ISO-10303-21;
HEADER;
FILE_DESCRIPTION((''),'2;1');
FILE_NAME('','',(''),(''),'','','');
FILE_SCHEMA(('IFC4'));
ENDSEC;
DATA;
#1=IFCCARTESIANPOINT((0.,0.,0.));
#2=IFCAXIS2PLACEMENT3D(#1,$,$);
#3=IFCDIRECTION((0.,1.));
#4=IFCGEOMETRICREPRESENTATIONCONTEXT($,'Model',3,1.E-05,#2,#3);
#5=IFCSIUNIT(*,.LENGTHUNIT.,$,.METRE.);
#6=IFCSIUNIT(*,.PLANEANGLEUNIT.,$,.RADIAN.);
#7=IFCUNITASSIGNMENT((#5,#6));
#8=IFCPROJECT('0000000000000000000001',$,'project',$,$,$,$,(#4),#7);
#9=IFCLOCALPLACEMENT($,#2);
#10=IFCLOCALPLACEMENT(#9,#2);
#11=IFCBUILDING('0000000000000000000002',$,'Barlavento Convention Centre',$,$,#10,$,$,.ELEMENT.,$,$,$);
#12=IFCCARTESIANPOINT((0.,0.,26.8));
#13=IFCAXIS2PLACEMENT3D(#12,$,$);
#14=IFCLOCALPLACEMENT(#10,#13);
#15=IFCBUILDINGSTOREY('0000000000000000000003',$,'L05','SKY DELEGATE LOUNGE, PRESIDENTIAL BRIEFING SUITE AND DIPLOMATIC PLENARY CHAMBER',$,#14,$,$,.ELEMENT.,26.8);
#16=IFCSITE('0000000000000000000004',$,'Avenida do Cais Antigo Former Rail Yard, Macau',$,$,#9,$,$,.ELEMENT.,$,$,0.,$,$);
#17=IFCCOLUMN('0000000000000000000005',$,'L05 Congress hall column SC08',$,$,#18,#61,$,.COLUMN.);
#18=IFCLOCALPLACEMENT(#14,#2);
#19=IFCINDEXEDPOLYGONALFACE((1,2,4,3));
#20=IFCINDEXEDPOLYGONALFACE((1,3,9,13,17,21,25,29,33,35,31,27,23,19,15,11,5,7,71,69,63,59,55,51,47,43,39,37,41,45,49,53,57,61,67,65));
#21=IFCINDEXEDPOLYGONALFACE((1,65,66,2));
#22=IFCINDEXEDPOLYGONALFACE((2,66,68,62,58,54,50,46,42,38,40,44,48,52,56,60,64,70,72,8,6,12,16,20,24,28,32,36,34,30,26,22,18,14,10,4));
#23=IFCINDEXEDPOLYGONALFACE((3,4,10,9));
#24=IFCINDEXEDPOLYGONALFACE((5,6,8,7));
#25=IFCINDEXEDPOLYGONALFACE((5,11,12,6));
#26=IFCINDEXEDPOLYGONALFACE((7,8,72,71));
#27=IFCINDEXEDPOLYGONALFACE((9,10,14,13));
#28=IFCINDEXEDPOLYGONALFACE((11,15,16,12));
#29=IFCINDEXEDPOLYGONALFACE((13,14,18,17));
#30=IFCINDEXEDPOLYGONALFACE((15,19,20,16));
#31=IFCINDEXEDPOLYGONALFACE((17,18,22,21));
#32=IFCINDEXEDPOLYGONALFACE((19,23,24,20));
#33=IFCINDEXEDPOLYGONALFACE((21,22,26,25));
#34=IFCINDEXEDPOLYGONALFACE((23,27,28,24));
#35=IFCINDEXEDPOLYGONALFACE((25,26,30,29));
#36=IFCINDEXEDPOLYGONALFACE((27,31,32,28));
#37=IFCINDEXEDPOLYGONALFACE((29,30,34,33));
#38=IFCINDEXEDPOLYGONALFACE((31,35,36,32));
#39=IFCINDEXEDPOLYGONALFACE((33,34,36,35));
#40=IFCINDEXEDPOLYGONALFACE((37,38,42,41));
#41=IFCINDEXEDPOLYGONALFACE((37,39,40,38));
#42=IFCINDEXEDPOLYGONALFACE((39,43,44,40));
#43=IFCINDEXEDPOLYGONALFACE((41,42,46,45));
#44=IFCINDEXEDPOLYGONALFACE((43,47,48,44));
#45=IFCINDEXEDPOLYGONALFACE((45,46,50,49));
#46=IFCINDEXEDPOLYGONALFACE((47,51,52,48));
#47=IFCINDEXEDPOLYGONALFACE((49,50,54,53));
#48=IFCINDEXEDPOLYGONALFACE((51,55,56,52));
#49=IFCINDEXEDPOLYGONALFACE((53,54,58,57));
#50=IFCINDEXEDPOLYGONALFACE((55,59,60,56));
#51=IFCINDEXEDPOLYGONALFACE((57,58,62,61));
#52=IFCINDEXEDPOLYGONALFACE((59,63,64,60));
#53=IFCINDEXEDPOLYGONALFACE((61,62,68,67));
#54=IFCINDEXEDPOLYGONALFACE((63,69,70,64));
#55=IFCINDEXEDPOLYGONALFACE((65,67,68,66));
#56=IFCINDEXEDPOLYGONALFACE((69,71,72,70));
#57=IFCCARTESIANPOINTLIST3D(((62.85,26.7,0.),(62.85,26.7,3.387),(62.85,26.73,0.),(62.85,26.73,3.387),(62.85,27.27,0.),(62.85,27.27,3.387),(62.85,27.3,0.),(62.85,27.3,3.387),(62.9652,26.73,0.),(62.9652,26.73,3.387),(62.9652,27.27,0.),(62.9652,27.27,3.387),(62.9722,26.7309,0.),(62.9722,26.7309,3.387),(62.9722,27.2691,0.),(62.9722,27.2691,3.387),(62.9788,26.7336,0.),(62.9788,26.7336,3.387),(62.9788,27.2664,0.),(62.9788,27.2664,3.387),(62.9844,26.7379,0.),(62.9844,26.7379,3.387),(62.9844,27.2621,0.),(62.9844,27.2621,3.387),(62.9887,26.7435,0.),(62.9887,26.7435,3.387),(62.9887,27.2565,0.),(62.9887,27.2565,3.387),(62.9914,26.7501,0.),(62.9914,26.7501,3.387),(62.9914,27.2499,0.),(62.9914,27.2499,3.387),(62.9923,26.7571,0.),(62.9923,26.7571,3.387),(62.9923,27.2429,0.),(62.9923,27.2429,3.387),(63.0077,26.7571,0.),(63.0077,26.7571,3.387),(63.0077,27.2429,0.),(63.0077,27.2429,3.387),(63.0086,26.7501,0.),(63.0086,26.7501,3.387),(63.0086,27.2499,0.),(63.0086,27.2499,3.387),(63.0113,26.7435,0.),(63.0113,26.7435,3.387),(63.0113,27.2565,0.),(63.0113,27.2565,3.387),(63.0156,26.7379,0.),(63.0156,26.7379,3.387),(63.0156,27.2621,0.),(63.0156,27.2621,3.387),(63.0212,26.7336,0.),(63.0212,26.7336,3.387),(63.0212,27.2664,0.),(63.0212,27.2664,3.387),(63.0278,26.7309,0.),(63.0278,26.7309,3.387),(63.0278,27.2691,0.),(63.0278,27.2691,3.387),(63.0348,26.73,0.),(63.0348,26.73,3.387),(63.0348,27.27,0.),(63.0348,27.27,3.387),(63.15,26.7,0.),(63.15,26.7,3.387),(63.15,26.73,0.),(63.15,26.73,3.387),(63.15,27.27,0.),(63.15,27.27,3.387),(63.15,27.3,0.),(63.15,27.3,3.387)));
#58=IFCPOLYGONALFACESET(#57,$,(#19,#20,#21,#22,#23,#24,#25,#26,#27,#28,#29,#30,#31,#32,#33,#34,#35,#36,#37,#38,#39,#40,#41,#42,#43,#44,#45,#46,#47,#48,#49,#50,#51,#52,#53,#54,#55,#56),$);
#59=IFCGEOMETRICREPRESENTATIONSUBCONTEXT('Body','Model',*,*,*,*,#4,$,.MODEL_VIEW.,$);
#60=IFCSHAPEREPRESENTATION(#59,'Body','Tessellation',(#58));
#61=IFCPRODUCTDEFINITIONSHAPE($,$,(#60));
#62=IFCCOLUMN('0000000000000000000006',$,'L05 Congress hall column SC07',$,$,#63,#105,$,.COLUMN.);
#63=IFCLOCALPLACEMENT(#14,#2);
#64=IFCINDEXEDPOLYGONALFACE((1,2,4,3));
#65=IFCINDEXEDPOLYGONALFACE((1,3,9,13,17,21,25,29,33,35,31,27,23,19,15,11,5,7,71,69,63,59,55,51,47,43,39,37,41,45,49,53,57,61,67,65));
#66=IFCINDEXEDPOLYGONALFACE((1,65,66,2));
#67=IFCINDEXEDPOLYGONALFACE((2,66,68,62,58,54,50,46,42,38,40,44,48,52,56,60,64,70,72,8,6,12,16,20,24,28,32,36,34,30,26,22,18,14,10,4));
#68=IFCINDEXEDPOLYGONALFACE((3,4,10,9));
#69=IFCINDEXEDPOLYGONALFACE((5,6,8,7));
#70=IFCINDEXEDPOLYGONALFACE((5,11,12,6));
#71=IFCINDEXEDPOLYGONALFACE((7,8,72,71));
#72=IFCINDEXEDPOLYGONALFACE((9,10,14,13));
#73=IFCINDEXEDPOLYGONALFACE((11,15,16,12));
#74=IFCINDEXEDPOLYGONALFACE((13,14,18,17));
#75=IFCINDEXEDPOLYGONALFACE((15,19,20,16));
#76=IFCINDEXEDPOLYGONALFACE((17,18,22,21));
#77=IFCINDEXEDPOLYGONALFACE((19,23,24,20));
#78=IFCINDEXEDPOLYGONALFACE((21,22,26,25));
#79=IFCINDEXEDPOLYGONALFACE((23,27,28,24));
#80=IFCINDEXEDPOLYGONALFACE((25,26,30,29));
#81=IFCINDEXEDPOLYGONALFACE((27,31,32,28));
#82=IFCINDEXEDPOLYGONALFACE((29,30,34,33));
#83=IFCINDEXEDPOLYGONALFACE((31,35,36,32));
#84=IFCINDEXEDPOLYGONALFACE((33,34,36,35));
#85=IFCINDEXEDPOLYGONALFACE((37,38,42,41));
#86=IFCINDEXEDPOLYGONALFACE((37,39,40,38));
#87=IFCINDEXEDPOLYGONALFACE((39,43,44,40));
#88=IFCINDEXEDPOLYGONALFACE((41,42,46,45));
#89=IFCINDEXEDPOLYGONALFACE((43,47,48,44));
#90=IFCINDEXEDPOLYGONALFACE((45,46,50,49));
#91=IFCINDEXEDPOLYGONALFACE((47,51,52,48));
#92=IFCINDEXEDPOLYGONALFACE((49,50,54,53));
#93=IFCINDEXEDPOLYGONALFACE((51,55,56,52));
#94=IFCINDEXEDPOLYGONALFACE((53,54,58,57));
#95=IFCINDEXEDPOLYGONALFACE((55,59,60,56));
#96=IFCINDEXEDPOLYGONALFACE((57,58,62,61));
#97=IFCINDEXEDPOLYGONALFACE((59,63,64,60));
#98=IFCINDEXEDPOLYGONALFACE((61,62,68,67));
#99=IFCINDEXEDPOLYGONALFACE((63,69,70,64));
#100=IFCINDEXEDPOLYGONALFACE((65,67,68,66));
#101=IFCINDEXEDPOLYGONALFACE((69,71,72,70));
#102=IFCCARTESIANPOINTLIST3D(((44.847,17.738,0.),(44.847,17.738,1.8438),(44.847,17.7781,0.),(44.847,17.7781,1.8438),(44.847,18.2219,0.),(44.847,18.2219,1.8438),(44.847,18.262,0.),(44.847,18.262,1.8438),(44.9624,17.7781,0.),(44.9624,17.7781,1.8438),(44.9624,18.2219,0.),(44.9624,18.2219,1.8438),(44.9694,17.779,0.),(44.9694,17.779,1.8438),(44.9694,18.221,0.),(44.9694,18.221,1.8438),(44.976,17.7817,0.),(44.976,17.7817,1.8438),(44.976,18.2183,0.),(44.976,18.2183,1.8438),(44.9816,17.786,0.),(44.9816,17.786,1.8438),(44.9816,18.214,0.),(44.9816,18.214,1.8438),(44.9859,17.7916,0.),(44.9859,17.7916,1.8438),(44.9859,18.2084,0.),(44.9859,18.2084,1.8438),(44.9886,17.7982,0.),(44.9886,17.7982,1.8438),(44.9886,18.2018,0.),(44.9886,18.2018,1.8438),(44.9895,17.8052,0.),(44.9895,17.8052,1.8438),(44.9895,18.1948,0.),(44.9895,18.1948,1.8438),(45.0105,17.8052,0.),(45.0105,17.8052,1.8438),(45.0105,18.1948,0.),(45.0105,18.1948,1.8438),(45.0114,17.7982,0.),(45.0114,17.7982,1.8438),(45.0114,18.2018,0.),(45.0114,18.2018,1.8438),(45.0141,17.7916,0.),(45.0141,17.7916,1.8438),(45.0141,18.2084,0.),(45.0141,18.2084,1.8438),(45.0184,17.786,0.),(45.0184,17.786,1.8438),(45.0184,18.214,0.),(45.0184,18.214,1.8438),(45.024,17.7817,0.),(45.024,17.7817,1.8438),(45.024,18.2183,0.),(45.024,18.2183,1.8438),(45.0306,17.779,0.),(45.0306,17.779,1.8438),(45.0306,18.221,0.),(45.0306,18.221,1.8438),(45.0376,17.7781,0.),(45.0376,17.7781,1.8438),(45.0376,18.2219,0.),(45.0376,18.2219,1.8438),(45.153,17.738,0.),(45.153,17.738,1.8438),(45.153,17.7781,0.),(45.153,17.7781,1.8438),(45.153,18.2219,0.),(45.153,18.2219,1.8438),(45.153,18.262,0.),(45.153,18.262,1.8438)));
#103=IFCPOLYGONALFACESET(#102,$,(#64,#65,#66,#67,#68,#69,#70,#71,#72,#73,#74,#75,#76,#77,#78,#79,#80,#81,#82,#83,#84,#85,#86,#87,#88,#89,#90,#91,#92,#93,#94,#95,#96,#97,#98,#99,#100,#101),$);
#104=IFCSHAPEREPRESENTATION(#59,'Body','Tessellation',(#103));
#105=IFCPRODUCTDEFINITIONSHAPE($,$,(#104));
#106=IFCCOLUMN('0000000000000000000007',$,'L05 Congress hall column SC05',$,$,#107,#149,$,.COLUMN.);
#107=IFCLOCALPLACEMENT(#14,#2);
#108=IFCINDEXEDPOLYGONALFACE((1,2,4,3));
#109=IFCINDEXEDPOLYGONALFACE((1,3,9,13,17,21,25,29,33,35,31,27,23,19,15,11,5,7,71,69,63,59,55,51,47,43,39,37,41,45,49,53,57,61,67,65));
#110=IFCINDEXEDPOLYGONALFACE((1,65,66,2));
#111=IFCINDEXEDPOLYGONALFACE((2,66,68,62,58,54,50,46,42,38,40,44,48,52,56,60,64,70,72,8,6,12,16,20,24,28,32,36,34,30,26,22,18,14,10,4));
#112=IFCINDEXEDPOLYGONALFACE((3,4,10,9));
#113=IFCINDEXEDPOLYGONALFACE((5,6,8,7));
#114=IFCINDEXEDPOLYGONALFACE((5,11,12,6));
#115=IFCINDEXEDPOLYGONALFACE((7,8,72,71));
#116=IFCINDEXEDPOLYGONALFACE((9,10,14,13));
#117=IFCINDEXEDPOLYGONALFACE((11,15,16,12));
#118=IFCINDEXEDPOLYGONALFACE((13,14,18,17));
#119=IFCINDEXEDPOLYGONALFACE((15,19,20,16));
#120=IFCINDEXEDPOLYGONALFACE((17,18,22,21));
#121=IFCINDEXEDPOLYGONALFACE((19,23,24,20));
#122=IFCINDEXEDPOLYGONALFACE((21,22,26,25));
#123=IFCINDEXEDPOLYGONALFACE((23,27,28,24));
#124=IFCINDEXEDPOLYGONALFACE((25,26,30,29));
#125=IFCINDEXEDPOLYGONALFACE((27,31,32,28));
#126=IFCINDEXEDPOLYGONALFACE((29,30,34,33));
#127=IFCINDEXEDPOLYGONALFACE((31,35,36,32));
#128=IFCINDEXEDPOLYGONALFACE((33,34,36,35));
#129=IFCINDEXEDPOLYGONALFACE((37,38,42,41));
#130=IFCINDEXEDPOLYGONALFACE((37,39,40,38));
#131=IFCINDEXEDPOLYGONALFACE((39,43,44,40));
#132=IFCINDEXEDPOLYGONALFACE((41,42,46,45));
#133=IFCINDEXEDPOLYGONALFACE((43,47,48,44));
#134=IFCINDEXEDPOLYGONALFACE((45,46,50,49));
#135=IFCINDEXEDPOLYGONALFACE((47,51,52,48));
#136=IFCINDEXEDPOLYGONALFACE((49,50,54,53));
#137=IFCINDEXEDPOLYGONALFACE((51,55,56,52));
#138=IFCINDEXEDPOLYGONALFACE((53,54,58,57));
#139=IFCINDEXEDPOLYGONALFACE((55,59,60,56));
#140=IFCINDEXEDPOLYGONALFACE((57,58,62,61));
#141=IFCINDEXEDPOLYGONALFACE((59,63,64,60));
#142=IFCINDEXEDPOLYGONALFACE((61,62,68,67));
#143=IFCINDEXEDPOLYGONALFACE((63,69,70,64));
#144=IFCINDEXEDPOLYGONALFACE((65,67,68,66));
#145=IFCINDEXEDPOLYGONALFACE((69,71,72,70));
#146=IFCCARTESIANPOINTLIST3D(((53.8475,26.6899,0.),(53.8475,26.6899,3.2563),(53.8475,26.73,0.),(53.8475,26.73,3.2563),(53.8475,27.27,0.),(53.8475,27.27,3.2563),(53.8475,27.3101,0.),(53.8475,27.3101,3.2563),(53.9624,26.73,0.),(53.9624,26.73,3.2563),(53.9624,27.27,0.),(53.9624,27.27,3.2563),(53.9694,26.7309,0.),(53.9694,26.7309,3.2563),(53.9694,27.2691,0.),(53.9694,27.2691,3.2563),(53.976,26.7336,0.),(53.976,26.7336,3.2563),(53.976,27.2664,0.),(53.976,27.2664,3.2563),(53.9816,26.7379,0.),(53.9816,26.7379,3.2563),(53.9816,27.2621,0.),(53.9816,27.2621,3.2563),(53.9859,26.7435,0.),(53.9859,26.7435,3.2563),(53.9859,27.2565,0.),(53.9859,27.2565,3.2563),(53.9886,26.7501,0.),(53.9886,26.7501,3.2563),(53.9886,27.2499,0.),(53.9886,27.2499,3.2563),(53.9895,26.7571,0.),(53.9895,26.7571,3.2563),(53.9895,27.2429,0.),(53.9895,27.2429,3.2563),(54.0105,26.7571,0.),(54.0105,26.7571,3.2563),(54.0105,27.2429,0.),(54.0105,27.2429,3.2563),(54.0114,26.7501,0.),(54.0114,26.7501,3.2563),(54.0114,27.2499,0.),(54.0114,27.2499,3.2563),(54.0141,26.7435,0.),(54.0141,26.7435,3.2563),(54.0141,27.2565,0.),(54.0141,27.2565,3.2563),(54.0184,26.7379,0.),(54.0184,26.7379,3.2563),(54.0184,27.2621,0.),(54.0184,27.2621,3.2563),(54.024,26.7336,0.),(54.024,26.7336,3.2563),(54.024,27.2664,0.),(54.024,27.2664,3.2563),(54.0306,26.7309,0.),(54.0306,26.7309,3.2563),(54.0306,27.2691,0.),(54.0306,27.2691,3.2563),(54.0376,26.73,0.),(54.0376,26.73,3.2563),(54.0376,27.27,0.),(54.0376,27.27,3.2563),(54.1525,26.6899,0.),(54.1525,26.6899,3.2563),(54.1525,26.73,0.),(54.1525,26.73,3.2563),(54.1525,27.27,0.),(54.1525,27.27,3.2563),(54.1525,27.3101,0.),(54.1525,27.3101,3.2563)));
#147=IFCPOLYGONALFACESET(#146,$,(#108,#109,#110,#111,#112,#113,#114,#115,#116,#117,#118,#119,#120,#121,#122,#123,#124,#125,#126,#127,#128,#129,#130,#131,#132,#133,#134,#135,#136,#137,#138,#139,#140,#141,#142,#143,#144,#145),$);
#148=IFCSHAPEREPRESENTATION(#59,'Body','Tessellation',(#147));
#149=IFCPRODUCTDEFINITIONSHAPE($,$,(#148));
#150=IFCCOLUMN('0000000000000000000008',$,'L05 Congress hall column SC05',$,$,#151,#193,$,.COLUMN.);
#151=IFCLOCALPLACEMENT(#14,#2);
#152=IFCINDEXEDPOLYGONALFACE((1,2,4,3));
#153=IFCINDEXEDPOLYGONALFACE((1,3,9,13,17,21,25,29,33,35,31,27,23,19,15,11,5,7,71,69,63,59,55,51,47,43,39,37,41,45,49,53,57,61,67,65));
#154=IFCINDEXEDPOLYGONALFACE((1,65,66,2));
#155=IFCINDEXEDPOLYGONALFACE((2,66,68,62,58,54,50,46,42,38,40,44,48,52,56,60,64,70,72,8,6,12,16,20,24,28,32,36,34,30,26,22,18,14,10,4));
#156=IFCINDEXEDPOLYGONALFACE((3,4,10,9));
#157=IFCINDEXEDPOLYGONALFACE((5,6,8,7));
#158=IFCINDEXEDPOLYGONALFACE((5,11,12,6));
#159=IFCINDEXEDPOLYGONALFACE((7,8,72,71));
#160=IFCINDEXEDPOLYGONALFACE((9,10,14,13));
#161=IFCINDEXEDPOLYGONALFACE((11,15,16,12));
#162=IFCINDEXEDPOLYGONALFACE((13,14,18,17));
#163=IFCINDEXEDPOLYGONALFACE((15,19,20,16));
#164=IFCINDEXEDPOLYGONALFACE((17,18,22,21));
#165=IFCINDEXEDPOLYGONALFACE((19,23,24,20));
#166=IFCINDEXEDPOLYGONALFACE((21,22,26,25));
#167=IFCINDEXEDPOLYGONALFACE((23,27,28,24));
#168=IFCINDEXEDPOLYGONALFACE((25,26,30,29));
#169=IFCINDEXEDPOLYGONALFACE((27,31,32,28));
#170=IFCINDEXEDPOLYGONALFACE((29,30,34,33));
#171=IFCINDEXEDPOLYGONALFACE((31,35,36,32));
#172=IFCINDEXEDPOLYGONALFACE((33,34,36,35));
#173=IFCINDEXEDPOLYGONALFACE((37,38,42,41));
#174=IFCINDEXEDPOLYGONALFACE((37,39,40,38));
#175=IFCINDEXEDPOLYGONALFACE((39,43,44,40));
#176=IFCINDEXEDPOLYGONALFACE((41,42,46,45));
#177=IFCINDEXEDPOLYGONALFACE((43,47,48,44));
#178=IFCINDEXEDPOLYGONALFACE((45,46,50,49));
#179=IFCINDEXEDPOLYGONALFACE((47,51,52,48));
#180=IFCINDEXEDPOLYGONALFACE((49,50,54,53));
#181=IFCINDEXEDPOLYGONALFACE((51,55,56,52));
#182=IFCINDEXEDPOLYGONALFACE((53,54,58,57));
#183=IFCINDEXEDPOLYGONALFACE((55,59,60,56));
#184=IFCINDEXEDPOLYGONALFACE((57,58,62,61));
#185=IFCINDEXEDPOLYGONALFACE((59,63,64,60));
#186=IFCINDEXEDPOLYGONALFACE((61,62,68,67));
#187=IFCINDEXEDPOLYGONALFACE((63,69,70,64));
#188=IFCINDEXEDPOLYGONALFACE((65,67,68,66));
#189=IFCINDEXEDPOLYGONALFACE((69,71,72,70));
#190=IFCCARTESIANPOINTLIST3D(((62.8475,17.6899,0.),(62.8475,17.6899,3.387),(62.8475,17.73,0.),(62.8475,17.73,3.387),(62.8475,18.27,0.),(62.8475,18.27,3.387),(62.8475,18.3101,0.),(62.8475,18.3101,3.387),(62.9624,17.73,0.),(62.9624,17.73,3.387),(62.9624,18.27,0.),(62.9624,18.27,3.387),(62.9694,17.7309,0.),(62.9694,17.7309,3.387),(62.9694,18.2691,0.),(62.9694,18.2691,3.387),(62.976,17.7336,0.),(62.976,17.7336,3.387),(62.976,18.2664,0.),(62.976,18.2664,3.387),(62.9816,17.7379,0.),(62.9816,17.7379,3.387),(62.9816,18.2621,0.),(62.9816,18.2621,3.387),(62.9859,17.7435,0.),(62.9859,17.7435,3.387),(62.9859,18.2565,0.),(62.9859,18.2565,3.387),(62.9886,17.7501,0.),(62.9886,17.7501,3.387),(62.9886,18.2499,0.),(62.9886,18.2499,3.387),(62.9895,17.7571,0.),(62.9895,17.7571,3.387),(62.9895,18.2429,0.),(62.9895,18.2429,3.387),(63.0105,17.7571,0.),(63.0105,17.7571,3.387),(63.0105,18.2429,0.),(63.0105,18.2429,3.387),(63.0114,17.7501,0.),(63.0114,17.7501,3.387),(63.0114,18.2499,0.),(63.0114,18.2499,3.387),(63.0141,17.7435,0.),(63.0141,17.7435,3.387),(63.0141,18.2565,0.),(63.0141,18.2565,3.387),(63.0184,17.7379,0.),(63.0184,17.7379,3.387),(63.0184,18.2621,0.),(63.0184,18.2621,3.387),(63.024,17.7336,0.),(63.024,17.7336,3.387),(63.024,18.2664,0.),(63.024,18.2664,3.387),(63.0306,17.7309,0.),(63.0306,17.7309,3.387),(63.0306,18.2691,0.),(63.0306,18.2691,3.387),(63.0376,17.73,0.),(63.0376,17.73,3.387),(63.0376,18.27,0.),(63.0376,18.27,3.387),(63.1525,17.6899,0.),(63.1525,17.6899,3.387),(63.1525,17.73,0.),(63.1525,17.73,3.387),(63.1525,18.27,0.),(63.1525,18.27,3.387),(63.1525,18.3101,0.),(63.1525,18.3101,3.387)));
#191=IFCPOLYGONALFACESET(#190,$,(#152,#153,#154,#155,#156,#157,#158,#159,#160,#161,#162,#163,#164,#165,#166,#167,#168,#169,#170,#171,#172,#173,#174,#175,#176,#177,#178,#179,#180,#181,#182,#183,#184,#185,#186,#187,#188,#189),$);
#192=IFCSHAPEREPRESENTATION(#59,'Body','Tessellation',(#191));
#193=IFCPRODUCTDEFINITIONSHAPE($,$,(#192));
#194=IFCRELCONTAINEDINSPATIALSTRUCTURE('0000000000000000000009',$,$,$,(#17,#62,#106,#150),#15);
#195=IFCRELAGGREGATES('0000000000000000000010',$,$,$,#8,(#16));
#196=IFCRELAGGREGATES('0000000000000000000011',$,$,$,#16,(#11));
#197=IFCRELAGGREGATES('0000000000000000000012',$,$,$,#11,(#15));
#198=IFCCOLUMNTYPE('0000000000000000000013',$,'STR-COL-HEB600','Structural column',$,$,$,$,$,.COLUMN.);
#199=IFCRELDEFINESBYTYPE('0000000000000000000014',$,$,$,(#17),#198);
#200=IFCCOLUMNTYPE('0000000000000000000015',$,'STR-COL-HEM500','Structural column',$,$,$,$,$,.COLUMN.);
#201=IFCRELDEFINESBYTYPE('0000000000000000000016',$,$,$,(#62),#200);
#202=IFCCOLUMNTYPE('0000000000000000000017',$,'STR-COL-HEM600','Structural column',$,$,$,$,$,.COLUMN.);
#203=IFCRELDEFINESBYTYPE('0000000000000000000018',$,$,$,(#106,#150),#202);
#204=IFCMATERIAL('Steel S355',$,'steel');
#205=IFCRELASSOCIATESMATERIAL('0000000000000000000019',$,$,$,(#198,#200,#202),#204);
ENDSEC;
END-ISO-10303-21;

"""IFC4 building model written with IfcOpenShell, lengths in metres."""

from ifc_helpers import new_model, si_unit, direction, frame, origin, origin_2d, place, context, subcontext, project, spatial, i_section, extrude, material, material_profile, profile_set, type_object, element, save


model = new_model("IFC4")

# Units and contexts
model_context = context("Model", 3, precision=1e-05, world=origin(), true_north=direction((0.0, 1.0)))
body_context = subcontext(model_context, "Body", "Model", "MODEL_VIEW")
ifc_project = project(units=[si_unit("LENGTHUNIT", "METRE"), si_unit("PLANEANGLEUNIT", "RADIAN")], contexts=[model_context])

# Site, building, storey
site_placement = place(None, origin())
site = spatial("IfcSite", under=ifc_project, at=site_placement, Name="Avenida do Cais Antigo Former Rail Yard, Macau", CompositionType="ELEMENT", RefElevation=0.0)
building_placement = place(site_placement, origin())
building = spatial("IfcBuilding", under=site, at=building_placement, Name="Barlavento Convention Centre", CompositionType="ELEMENT")
storey_placement = place(building_placement, frame((0.0, 0.0, 26.8)))
storey = spatial("IfcBuildingStorey", under=building, at=storey_placement, Name="L05", Description="SKY DELEGATE LOUNGE, PRESIDENTIAL BRIEFING SUITE AND DIPLOMATIC PLENARY CHAMBER", CompositionType="ELEMENT", Elevation=26.8)

# Columns
ifc_material_1 = material(Name="Steel S355", Category="steel")
ifc_material_profile_1 = material_profile(ifc_material_1, i_section(OverallWidth=0.3, OverallDepth=0.6001, WebThickness=0.0154, FlangeThickness=0.03, FilletRadius=0.0271, at=origin_2d()), Name="HEB 600")
ifc_profile_set_1 = profile_set([ifc_material_profile_1], Name="Steel S355")
column_type_1 = type_object("IfcColumnType", Name="STR-COL-HEB600", Description="Structural column", PredefinedType="COLUMN", material=ifc_profile_set_1)
column_1_placement = place(storey_placement, frame((63.0, 27.0, 0.0), z_axis=(0.0, 0.0, 1.0), x_axis=(1.0, 0.0, 0.0)))
element("IfcColumn", 1, at=column_1_placement, inside=storey, type_object=column_type_1, Name="L05 Congress hall column SC08", PredefinedType="COLUMN", context=body_context, shape_type="SweptSolid", body=[
    extrude(i_section(OverallWidth=0.3, OverallDepth=0.6001, WebThickness=0.0154, FlangeThickness=0.03, FilletRadius=0.0271, at=origin_2d()), origin(), (0.0, 0.0, 1.0), 3.387),
])
ifc_material_profile_2 = material_profile(ifc_material_1, i_section(OverallWidth=0.3059, OverallDepth=0.5239, WebThickness=0.021, FlangeThickness=0.04, FilletRadius=0.0271, at=origin_2d()), Name="HEM 500")
ifc_profile_set_2 = profile_set([ifc_material_profile_2], Name="Steel S355")
column_type_2 = type_object("IfcColumnType", Name="STR-COL-HEM500", Description="Structural column", PredefinedType="COLUMN", material=ifc_profile_set_2)
column_2_placement = place(storey_placement, frame((45.0, 18.0, 0.0), z_axis=(0.0, 0.0, 1.0), x_axis=(1.0, 0.0, 0.0)))
element("IfcColumn", 2, at=column_2_placement, inside=storey, type_object=column_type_2, Name="L05 Congress hall column SC07", PredefinedType="COLUMN", context=body_context, shape_type="SweptSolid", body=[
    extrude(i_section(OverallWidth=0.3059, OverallDepth=0.5239, WebThickness=0.021, FlangeThickness=0.04, FilletRadius=0.0271, at=origin_2d()), origin(), (0.0, 0.0, 1.0), 1.8438),
])
ifc_material_profile_3 = material_profile(ifc_material_1, i_section(OverallWidth=0.3049, OverallDepth=0.6201, WebThickness=0.021, FlangeThickness=0.04, FilletRadius=0.0271, at=origin_2d()), Name="HEM 600")
ifc_profile_set_3 = profile_set([ifc_material_profile_3], Name="Steel S355")
column_type_3 = type_object("IfcColumnType", Name="STR-COL-HEM600", Description="Structural column", PredefinedType="COLUMN", material=ifc_profile_set_3)
column_3_placement = place(storey_placement, frame((54.0, 27.0, 0.0), z_axis=(0.0, 0.0, 1.0), x_axis=(1.0, 0.0, 0.0)))
element("IfcColumn", 3, at=column_3_placement, inside=storey, type_object=column_type_3, Name="L05 Congress hall column SC05", PredefinedType="COLUMN", context=body_context, shape_type="SweptSolid", body=[
    extrude(i_section(OverallWidth=0.3049, OverallDepth=0.6201, WebThickness=0.021, FlangeThickness=0.04, FilletRadius=0.0271, at=origin_2d()), origin(), (0.0, 0.0, 1.0), 3.2563),
])
column_4_placement = place(storey_placement, frame((63.0, 18.0, 0.0), z_axis=(0.0, 0.0, 1.0), x_axis=(1.0, 0.0, 0.0)))
element("IfcColumn", 4, at=column_4_placement, inside=storey, type_object=column_type_3, Name="L05 Congress hall column SC05", PredefinedType="COLUMN", context=body_context, shape_type="SweptSolid", body=[
    extrude(i_section(OverallWidth=0.3049, OverallDepth=0.6201, WebThickness=0.021, FlangeThickness=0.04, FilletRadius=0.0271, at=origin_2d()), origin(), (0.0, 0.0, 1.0), 3.387),
])

save(model, "model.ifc")
